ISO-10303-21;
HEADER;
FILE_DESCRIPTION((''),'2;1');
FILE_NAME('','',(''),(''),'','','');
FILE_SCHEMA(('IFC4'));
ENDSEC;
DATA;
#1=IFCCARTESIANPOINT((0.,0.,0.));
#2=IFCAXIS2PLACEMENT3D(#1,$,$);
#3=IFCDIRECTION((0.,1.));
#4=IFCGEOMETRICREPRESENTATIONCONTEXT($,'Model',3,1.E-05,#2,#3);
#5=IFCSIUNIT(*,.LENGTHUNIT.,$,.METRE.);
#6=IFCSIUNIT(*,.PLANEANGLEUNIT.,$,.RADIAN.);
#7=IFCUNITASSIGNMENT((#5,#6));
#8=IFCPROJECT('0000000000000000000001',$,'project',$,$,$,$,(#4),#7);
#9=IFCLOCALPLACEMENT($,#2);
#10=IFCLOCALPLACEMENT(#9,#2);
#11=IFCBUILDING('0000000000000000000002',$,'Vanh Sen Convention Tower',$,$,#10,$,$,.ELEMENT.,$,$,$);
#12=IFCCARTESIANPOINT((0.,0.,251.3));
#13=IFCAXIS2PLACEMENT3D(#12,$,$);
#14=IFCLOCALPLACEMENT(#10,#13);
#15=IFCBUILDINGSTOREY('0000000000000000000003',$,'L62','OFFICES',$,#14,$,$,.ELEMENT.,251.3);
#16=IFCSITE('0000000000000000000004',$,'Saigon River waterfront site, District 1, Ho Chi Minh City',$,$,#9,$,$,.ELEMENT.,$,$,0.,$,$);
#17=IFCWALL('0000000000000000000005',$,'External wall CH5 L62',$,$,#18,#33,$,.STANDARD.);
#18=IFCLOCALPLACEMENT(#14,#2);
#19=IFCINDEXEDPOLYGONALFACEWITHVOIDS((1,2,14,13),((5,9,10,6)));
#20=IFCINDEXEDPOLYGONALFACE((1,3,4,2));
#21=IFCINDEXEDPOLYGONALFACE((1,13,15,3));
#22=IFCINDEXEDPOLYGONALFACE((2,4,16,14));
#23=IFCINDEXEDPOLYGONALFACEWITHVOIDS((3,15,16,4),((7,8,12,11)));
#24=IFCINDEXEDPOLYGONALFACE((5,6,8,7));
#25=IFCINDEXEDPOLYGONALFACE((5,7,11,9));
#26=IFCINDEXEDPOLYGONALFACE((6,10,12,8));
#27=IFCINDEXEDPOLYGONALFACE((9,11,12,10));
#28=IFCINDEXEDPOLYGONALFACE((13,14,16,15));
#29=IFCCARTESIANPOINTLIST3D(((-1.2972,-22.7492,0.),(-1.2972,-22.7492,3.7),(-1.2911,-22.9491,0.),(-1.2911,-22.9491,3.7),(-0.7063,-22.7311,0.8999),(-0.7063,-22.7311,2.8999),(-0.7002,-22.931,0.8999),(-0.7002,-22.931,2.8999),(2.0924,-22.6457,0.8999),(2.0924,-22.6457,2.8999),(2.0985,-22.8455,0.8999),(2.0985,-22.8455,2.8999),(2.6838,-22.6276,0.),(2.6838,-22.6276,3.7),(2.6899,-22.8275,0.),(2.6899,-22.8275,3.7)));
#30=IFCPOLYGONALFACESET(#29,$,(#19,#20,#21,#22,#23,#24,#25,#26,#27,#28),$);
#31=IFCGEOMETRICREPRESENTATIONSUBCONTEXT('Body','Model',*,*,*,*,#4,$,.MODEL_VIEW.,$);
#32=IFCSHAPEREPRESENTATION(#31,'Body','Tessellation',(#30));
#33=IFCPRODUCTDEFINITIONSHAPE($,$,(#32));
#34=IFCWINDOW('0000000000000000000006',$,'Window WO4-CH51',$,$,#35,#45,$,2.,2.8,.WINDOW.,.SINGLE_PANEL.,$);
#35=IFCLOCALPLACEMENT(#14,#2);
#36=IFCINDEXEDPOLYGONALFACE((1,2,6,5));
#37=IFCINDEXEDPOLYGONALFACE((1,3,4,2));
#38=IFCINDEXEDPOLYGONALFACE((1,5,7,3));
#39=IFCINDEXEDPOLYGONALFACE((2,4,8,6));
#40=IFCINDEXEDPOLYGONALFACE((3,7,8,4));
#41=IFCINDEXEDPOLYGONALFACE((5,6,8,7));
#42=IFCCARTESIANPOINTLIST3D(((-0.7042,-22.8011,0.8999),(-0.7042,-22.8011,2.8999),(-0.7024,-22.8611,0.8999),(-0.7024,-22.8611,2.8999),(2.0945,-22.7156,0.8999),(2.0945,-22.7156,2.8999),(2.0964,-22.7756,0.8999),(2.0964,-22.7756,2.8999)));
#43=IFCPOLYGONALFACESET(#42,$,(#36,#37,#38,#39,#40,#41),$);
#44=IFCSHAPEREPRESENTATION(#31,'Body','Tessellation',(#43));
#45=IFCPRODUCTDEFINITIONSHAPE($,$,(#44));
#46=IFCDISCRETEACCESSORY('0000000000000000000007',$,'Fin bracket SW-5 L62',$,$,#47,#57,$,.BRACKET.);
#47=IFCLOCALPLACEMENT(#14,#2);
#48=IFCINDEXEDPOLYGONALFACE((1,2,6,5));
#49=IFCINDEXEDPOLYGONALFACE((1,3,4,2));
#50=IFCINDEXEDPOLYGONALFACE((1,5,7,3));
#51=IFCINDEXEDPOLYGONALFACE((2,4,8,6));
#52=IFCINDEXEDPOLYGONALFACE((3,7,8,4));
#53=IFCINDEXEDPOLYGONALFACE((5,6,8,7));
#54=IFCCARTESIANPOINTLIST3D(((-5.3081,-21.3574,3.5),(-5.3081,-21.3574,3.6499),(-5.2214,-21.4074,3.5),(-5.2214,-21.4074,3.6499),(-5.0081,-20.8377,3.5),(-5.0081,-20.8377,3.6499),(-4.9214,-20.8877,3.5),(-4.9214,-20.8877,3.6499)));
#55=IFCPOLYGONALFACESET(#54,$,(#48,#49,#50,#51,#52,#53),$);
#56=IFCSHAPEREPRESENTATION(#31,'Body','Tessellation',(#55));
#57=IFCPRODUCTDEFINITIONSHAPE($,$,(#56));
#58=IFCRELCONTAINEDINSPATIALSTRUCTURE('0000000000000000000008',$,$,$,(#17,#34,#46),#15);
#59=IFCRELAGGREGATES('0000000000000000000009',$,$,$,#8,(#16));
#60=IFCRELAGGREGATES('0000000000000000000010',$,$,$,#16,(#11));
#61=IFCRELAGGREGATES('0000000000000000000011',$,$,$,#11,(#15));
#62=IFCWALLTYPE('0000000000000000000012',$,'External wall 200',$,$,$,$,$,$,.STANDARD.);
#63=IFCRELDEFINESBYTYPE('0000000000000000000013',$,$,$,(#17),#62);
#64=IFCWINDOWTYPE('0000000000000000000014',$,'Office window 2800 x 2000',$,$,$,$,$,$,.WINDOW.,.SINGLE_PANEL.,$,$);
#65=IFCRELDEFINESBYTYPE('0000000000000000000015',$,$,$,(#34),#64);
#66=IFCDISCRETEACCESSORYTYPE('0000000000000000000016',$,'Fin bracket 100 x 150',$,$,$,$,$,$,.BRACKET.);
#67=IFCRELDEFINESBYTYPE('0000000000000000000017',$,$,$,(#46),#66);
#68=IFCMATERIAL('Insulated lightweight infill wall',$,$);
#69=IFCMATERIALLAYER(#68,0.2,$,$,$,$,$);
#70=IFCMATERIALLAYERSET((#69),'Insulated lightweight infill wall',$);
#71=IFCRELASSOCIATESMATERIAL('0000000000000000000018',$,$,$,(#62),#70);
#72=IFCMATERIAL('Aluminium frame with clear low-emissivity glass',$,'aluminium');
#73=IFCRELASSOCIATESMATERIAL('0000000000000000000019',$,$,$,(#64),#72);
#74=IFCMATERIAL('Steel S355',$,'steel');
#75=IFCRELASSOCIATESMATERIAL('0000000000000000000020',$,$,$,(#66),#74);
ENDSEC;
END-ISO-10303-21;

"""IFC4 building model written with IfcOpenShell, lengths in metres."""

from ifc_helpers import new_model, si_unit, direction, frame, frame_2d, origin, origin_2d, place, context, subcontext, project, spatial, rectangle, extrude, material, layer, layer_set, type_object, element, fill, save


model = new_model("IFC4")

# Units and contexts
model_context = context("Model", 3, precision=1e-05, world=origin(), true_north=direction((0.0, 1.0)))
body_context = subcontext(model_context, "Body", "Model", "MODEL_VIEW")
ifc_project = project(units=[si_unit("LENGTHUNIT", "METRE"), si_unit("PLANEANGLEUNIT", "RADIAN")], contexts=[model_context])

# Site, building, storey
site_placement = place(None, origin())
site = spatial("IfcSite", under=ifc_project, at=site_placement, Name="Saigon River waterfront site, District 1, Ho Chi Minh City", CompositionType="ELEMENT", RefElevation=0.0)
building_placement = place(site_placement, origin())
building = spatial("IfcBuilding", under=site, at=building_placement, Name="Vanh Sen Convention Tower", CompositionType="ELEMENT")
storey_placement = place(building_placement, frame((0.0, 0.0, 251.3)))
storey = spatial("IfcBuildingStorey", under=building, at=storey_placement, Name="L62", Description="OFFICES", CompositionType="ELEMENT", Elevation=251.3)

# Wall, opening, window
ifc_material_1 = material(Name="Insulated lightweight infill wall")
ifc_layer_1 = layer(ifc_material_1, 0.2)
ifc_layer_set_1 = layer_set([ifc_layer_1], Name="Insulated lightweight infill wall")
wall_type_1 = type_object("IfcWallType", Name="External wall 200", PredefinedType="STANDARD", material=ifc_layer_set_1)
wall_1_placement = place(storey_placement, frame((-1.2942, -22.8491, 0.0), z_axis=(0.0, 0.0, 1.0), x_axis=(0.999534, 0.030527, 0.0)))
wall_1 = element("IfcWall", 1, at=wall_1_placement, inside=storey, type_object=wall_type_1, Name="External wall CH5 L62", PredefinedType="STANDARD", context=body_context, shape_type="SweptSolid", body=[
    extrude(rectangle(XDim=3.9829, YDim=0.2, at=frame_2d((1.9915, 0.0))), origin(), (0.0, 0.0, 1.0), 3.7),
])
opening_1_placement = place(wall_1_placement, frame((0.5913, 0.0, 0.8999)))
opening_1 = element("IfcOpeningElement", 2, at=opening_1_placement, cuts=wall_1, PredefinedType="OPENING", context=body_context, shape_type="SweptSolid", body=[
    extrude(rectangle(XDim=2.8, YDim=2.0, at=frame_2d((1.3999, 1.0))), frame((0.0, 0.1099, 0.0), z_axis=(0.0, -1.0, 0.0), x_axis=(1.0, 0.0, 0.0)), (0.0, 0.0, 1.0), 0.22),
])
ifc_material_2 = material(Name="Aluminium frame with clear low-emissivity glass", Category="aluminium")
window_type = type_object("IfcWindowType", Name="Office window 2800 x 2000", PartitioningType="SINGLE_PANEL", PredefinedType="WINDOW", material=ifc_material_2)
window_placement = place(opening_1_placement, origin())
window = element("IfcWindow", 3, at=window_placement, inside=storey, type_object=window_type, Name="Window WO4-CH51", OverallHeight=2.0, OverallWidth=2.8, PartitioningType="SINGLE_PANEL", PredefinedType="WINDOW", context=body_context, shape_type="SweptSolid", body=[
    extrude(rectangle(XDim=2.8, YDim=2.0, at=frame_2d((1.3999, 1.0))), frame((0.0, 0.03, 0.0), z_axis=(0.0, -1.0, 0.0), x_axis=(1.0, 0.0, 0.0)), (0.0, 0.0, 1.0), 0.0601),
])
fill(opening_1, window)

# Discrete accessory
ifc_material_3 = material(Name="Steel S355", Category="steel")
discrete_accessory_type = type_object("IfcDiscreteAccessoryType", Name="Fin bracket 100 x 150", PredefinedType="BRACKET", material=ifc_material_3)
discrete_accessory_placement = place(storey_placement, frame((-5.1147, -21.1226, 3.5), z_axis=(0.0, 0.0, 1.0), x_axis=(-0.5, -0.866025, 0.0)))
element("IfcDiscreteAccessory", 4, at=discrete_accessory_placement, inside=storey, type_object=discrete_accessory_type, Name="Fin bracket SW-5 L62", PredefinedType="BRACKET", context=body_context, shape_type="SweptSolid", body=[
    extrude(rectangle(XDim=0.6001, YDim=0.1001, at=origin_2d()), origin(), (0.0, 0.0, 1.0), 0.1499),
])

save(model, "model.ifc")
